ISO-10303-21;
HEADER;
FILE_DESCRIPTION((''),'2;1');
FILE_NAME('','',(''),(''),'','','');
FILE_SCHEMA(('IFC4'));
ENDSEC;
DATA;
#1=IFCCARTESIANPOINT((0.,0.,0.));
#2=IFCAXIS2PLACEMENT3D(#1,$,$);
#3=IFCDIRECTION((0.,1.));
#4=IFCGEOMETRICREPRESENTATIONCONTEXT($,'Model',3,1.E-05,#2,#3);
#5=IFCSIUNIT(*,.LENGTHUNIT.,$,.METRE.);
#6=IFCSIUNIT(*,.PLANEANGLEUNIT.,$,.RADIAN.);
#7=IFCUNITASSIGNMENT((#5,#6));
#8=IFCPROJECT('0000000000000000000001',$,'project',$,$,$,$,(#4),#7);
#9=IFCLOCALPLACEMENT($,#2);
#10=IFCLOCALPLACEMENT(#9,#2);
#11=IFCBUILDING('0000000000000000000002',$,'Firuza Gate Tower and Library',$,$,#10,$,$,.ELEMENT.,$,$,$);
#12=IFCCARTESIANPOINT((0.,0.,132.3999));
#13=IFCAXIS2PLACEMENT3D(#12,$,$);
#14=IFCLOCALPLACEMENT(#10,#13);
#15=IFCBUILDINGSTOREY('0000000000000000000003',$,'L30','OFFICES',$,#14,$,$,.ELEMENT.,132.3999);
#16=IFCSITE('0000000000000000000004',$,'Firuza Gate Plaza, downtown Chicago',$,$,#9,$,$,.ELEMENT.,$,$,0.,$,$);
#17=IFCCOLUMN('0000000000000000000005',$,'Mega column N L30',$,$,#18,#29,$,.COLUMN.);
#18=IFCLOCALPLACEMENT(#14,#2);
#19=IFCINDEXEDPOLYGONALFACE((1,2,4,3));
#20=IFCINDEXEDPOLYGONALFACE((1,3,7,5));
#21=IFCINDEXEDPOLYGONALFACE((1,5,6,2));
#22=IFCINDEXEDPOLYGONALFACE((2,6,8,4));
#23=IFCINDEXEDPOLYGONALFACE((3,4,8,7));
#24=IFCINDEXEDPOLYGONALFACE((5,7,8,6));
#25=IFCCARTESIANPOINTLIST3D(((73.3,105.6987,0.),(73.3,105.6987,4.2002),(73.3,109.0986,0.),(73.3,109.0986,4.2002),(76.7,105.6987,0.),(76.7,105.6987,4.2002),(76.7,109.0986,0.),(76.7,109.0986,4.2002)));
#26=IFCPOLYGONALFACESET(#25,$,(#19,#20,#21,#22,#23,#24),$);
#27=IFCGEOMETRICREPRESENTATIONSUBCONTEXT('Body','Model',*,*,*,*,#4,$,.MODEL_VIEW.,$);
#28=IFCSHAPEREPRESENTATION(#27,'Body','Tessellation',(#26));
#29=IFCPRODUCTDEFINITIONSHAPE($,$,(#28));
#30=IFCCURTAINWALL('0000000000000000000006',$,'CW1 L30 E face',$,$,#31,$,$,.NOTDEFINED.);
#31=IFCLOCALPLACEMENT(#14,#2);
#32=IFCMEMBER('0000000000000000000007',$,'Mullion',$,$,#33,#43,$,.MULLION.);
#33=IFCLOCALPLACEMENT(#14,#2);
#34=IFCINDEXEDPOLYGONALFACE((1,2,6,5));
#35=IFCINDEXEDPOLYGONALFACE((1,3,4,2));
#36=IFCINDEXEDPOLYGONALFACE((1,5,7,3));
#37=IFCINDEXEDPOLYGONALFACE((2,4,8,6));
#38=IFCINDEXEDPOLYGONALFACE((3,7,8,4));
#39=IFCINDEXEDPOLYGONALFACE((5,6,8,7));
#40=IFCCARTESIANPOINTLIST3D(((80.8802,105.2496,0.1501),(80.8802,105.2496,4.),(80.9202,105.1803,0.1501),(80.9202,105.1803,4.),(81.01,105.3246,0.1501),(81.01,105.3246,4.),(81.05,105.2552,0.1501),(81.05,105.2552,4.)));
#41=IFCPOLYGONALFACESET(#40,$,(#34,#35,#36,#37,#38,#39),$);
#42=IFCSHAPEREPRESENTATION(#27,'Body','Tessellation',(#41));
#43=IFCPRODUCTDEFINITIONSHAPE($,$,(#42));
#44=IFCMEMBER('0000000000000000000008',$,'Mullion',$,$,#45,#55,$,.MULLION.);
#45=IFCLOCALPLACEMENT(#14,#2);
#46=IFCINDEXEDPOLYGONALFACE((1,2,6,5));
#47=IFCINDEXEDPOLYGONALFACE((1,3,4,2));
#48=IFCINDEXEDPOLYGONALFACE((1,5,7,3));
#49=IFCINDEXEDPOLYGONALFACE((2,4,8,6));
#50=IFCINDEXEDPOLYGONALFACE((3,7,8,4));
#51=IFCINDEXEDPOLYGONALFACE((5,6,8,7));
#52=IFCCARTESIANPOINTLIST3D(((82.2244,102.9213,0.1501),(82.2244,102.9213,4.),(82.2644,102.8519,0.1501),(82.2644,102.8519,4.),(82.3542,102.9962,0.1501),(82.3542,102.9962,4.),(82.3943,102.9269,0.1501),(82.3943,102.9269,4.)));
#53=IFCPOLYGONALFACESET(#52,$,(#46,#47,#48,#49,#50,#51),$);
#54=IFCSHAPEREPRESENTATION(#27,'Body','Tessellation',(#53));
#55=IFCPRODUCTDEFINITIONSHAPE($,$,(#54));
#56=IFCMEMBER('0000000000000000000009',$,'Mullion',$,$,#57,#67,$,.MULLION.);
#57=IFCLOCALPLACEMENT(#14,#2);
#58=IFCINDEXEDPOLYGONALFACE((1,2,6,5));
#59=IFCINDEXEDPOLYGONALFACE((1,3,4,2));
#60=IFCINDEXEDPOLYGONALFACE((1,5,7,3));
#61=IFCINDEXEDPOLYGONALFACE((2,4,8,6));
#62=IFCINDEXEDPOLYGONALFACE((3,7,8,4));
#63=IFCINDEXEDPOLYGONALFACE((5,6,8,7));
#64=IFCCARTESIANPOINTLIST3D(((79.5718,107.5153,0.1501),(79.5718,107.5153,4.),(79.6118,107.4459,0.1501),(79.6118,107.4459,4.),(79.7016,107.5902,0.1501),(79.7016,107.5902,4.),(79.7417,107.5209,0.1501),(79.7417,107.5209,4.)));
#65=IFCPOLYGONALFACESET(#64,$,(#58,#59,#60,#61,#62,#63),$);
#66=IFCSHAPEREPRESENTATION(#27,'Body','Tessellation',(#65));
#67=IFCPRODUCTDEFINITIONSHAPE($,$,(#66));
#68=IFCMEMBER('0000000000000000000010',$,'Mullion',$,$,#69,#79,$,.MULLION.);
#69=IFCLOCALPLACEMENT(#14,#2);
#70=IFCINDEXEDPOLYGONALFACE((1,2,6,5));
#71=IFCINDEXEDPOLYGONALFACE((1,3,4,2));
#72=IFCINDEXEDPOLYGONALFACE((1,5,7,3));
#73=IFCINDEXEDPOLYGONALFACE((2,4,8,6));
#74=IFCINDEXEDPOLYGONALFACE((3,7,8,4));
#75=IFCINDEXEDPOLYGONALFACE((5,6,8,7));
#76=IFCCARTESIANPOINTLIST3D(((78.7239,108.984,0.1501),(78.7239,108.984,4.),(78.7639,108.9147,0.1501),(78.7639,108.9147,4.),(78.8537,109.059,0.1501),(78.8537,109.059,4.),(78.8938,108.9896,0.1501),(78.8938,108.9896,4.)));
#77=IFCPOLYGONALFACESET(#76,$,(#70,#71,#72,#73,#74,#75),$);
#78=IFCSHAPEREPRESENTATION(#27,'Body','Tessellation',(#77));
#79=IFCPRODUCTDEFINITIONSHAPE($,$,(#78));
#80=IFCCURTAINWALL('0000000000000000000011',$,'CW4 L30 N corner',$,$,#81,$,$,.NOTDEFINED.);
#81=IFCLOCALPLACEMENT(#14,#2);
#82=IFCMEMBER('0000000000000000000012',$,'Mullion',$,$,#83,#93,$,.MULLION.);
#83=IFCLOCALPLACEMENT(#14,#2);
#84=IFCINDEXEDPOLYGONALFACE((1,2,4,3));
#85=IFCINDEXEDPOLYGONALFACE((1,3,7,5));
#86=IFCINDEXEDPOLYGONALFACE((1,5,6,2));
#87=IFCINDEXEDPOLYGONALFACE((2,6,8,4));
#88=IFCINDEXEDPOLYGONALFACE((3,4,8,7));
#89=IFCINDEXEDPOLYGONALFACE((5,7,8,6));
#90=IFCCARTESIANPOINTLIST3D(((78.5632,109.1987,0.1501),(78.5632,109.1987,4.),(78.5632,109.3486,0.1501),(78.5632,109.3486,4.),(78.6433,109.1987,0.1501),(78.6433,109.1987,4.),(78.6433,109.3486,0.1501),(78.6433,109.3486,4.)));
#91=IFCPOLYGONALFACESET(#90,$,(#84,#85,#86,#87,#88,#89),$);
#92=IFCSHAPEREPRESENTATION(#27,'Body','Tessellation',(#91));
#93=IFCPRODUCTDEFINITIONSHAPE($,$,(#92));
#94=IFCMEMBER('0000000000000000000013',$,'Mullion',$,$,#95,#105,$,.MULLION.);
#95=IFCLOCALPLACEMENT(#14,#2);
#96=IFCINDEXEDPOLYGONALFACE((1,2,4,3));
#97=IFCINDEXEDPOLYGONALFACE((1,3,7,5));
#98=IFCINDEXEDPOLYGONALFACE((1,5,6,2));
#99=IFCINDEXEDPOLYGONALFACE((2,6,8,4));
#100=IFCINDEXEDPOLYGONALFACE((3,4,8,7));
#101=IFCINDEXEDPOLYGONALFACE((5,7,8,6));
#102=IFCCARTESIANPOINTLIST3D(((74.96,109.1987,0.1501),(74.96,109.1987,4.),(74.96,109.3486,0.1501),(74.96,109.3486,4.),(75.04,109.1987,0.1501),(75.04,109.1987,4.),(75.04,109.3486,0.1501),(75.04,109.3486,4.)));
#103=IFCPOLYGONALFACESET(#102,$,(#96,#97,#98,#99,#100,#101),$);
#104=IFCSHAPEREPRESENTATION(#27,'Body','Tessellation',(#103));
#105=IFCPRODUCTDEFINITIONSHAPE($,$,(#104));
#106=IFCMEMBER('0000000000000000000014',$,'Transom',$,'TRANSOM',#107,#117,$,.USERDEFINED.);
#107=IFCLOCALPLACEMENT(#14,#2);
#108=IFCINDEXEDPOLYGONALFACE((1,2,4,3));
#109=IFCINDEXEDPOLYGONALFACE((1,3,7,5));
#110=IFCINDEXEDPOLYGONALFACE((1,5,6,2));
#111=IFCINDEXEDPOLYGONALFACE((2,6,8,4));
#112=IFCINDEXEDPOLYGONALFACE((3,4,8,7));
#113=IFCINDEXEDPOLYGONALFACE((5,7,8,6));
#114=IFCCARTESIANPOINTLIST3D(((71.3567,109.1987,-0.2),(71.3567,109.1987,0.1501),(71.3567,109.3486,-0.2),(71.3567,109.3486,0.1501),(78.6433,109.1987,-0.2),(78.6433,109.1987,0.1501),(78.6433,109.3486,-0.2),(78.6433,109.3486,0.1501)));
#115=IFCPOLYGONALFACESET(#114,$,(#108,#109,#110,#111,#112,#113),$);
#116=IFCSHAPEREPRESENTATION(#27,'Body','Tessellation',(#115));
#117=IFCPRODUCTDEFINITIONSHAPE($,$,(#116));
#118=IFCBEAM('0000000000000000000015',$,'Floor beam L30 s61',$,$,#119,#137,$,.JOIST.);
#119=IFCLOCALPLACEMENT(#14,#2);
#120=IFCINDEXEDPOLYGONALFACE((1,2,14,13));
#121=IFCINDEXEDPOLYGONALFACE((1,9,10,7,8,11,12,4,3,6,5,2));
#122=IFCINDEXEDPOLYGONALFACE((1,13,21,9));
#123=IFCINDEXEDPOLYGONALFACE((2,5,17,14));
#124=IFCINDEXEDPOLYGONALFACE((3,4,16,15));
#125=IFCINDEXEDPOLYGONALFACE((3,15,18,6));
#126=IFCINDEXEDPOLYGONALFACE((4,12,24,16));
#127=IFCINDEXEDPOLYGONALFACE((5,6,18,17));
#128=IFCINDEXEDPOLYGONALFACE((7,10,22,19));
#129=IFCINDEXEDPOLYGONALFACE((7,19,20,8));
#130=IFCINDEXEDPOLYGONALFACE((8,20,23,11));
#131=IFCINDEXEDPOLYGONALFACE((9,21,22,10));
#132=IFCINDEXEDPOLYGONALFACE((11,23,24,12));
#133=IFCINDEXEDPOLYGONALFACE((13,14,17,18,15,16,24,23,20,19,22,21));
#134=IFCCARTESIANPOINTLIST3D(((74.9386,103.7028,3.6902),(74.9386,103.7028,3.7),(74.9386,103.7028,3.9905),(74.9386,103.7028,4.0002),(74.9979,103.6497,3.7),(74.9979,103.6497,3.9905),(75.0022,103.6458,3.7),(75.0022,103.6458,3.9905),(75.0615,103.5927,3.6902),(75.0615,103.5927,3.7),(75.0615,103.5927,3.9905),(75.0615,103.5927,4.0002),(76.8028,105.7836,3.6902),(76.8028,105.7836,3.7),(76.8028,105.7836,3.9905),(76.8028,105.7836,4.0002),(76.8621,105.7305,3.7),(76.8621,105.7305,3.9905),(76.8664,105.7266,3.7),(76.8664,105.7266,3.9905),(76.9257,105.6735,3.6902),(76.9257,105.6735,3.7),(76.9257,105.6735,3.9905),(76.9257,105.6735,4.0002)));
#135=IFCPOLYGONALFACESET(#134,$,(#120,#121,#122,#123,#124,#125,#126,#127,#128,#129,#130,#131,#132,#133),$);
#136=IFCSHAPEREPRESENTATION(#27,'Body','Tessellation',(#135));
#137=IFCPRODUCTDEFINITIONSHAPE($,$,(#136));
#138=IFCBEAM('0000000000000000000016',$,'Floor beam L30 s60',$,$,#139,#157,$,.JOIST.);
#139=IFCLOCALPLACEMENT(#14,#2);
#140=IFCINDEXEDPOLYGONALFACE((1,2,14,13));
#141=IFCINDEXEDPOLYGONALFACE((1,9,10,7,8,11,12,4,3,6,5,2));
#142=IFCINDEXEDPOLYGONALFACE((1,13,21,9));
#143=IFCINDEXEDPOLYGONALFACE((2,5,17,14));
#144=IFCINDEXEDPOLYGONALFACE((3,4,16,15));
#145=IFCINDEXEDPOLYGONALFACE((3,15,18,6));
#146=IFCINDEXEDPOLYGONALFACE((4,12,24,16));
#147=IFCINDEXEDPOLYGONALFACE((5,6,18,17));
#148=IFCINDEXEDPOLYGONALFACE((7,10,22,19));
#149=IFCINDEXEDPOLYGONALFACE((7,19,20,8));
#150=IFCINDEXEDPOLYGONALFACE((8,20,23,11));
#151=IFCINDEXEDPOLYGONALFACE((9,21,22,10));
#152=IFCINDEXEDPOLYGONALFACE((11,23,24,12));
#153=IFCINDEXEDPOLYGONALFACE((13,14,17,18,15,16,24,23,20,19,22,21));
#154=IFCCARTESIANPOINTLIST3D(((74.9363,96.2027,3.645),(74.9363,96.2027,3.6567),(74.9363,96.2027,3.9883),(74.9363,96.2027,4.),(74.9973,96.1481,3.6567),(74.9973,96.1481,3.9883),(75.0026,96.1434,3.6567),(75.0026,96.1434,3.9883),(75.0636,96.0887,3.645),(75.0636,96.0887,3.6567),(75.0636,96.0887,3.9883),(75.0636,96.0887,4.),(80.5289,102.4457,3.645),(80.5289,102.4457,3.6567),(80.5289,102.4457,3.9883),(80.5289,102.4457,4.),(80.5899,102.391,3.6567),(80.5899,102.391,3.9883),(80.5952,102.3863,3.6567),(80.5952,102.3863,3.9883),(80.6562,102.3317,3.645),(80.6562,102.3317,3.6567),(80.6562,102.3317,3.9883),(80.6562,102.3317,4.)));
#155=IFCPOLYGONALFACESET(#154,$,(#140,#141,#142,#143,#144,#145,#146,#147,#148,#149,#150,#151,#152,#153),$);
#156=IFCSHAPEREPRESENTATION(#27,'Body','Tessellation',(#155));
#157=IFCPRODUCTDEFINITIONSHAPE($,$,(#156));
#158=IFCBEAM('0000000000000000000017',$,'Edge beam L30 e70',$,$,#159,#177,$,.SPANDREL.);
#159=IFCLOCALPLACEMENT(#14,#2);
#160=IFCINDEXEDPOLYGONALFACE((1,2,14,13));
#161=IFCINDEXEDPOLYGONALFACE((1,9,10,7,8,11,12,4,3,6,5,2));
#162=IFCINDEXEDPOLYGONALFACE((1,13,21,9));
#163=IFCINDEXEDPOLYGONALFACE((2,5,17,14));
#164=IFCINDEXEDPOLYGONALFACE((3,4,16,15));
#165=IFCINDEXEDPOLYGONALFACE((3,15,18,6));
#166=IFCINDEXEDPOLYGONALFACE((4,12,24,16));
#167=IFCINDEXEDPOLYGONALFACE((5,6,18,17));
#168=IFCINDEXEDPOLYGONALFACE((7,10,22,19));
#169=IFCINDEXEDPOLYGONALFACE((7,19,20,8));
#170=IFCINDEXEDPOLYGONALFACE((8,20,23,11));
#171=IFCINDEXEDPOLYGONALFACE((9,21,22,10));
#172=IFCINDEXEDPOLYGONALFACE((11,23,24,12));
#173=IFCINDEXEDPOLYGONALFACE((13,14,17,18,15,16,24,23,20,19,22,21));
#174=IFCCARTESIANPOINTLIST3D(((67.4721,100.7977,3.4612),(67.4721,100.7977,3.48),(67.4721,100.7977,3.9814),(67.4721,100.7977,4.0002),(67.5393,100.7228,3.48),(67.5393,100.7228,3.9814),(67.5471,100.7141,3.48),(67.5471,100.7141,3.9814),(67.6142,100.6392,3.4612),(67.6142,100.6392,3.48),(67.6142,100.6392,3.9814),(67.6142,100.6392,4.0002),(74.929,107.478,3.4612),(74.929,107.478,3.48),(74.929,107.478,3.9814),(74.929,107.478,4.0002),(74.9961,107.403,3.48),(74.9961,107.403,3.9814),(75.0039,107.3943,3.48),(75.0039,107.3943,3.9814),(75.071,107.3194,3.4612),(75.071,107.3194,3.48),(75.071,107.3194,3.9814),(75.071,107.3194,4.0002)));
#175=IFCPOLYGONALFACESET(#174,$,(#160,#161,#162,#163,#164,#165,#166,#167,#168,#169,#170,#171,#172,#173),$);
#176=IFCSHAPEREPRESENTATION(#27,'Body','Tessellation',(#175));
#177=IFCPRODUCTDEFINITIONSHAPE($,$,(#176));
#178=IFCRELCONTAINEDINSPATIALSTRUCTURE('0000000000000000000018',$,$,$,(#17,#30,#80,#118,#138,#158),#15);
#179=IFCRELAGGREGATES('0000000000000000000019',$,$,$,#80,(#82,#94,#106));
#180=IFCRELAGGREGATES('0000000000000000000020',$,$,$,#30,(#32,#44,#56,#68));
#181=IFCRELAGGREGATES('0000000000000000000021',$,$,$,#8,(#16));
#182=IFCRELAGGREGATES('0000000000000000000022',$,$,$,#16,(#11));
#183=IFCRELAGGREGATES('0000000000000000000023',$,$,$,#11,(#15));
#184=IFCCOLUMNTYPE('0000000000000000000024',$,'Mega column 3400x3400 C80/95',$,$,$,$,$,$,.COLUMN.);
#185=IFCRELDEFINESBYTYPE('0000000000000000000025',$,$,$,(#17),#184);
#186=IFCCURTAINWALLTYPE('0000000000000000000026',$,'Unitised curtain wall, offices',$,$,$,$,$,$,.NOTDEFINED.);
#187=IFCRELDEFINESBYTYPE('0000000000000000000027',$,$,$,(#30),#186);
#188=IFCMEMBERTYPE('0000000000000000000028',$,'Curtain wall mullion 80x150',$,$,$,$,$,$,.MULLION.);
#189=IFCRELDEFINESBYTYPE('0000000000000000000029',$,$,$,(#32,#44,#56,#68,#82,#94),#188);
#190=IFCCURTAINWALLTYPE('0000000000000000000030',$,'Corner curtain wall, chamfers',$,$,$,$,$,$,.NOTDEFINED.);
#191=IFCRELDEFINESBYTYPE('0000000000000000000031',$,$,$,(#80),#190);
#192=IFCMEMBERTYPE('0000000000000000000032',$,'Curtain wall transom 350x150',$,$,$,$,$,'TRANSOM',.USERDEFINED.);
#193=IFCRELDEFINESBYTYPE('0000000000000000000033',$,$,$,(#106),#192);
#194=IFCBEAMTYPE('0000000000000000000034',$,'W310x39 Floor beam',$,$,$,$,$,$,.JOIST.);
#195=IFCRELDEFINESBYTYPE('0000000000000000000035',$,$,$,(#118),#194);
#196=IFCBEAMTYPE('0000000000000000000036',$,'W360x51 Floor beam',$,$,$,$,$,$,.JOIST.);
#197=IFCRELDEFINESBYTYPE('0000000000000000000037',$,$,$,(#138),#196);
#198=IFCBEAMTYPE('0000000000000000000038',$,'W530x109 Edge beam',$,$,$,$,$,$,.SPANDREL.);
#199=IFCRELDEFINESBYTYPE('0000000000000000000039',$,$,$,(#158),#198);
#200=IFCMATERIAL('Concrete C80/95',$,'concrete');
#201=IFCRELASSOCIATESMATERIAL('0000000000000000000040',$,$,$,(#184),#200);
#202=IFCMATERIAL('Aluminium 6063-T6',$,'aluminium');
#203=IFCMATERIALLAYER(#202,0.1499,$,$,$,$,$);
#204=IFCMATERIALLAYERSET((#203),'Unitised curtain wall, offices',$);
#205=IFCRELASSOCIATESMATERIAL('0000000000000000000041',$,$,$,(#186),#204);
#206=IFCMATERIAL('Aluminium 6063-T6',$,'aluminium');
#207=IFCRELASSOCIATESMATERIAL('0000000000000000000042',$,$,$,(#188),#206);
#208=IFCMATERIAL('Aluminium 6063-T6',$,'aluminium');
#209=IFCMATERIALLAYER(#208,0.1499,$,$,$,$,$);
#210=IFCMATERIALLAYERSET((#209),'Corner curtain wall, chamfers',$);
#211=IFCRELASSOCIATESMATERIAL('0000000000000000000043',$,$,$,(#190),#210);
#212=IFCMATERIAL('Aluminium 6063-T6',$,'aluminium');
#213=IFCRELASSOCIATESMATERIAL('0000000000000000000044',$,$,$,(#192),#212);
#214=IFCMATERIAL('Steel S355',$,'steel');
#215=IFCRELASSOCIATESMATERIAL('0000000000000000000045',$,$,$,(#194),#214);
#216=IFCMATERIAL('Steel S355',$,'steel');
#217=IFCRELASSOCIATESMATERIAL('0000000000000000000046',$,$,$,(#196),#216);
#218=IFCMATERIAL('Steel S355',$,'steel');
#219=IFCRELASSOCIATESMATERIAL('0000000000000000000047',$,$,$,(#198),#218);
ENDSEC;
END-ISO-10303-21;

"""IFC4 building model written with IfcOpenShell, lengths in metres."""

from ifc_helpers import new_model, si_unit, direction, frame, origin, origin_2d, place, context, subcontext, project, spatial, rectangle, i_section, extrude, material, layer, layer_set, material_profile, profile_set, type_object, element, aggregate, save


model = new_model("IFC4")

# Units and contexts
model_context = context("Model", 3, precision=1e-05, world=origin(), true_north=direction((0.0, 1.0)))
body_context = subcontext(model_context, "Body", "Model", "MODEL_VIEW")
ifc_project = project(units=[si_unit("LENGTHUNIT", "METRE"), si_unit("PLANEANGLEUNIT", "RADIAN")], contexts=[model_context])

# Site, building, storey
site_placement = place(None, origin())
site = spatial("IfcSite", under=ifc_project, at=site_placement, Name="Firuza Gate Plaza, downtown Chicago", CompositionType="ELEMENT", RefElevation=0.0)
building_placement = place(site_placement, origin())
building = spatial("IfcBuilding", under=site, at=building_placement, Name="Firuza Gate Tower and Library", CompositionType="ELEMENT")
storey_placement = place(building_placement, frame((0.0, 0.0, 132.3999)))
storey = spatial("IfcBuildingStorey", under=building, at=storey_placement, Name="L30", Description="OFFICES", CompositionType="ELEMENT", Elevation=132.3999)

# Column
ifc_material_1 = material(Name="Concrete C80/95", Category="concrete")
ifc_material_profile_1 = material_profile(ifc_material_1, rectangle(XDim=3.3999, YDim=3.3999, at=origin_2d()))
ifc_profile_set_1 = profile_set([ifc_material_profile_1], Name="Concrete C80/95")
column_type = type_object("IfcColumnType", Name="Mega column 3400x3400 C80/95", PredefinedType="COLUMN", material=ifc_profile_set_1)
column_placement = place(storey_placement, frame((75.0, 107.3987, 0.0), z_axis=(0.0, 0.0, 1.0), x_axis=(-1.0, 0.0, 0.0)))
element("IfcColumn", 1, at=column_placement, inside=storey, type_object=column_type, Name="Mega column N L30", PredefinedType="COLUMN", context=body_context, shape_type="SweptSolid", body=[
    extrude(rectangle(XDim=3.3999, YDim=3.3999, at=origin_2d()), origin(), (0.0, 0.0, 1.0), 4.2002),
])

# Curtain walls, members
ifc_material_2 = material(Name="Aluminium 6063-T6", Category="aluminium")
ifc_layer_1 = layer(ifc_material_2, 0.1499)
ifc_layer_set_1 = layer_set([ifc_layer_1], Name="Unitised curtain wall, offices")
curtain_wall_type_1 = type_object("IfcCurtainWallType", Name="Unitised curtain wall, offices", PredefinedType="NOTDEFINED", material=ifc_layer_set_1)
placement = place(storey_placement, origin())
curtain_wall_1 = element("IfcCurtainWall", 2, at=placement, inside=storey, type_object=curtain_wall_type_1, Name="CW1 L30 E face", PredefinedType="NOTDEFINED")
ifc_material_3 = material(Name="Aluminium 6063-T6", Category="aluminium")
ifc_material_profile_2 = material_profile(ifc_material_3, rectangle(XDim=0.1499, YDim=0.0801, at=origin_2d()))
ifc_profile_set_2 = profile_set([ifc_material_profile_2], Name="Aluminium 6063-T6")
member_type_1 = type_object("IfcMemberType", Name="Curtain wall mullion 80x150", PredefinedType="MULLION", material=ifc_profile_set_2)
member_1_placement = place(storey_placement, frame((80.9651, 105.2524, 0.1501), z_axis=(0.0, 0.0, 1.0), x_axis=(-0.866025, -0.5, 0.0)))
member_1 = element("IfcMember", 3, at=member_1_placement, type_object=member_type_1, Name="Mullion", PredefinedType="MULLION", context=body_context, shape_type="SweptSolid", body=[
    extrude(rectangle(XDim=0.1499, YDim=0.0801, at=origin_2d()), origin(), (0.0, 0.0, 1.0), 3.8499),
])
member_2_placement = place(storey_placement, frame((82.3093, 102.9241, 0.1501), z_axis=(0.0, 0.0, 1.0), x_axis=(-0.866025, -0.5, 0.0)))
member_2 = element("IfcMember", 4, at=member_2_placement, type_object=member_type_1, Name="Mullion", PredefinedType="MULLION", context=body_context, shape_type="SweptSolid", body=[
    extrude(rectangle(XDim=0.1499, YDim=0.0801, at=origin_2d()), origin(), (0.0, 0.0, 1.0), 3.8499),
])
member_3_placement = place(storey_placement, frame((79.6567, 107.5181, 0.1501), z_axis=(0.0, 0.0, 1.0), x_axis=(-0.866025, -0.5, 0.0)))
member_3 = element("IfcMember", 5, at=member_3_placement, type_object=member_type_1, Name="Mullion", PredefinedType="MULLION", context=body_context, shape_type="SweptSolid", body=[
    extrude(rectangle(XDim=0.1499, YDim=0.0801, at=origin_2d()), origin(), (0.0, 0.0, 1.0), 3.8499),
])
member_4_placement = place(storey_placement, frame((78.8088, 108.9868, 0.1501), z_axis=(0.0, 0.0, 1.0), x_axis=(-0.866025, -0.5, 0.0)))
member_4 = element("IfcMember", 6, at=member_4_placement, type_object=member_type_1, Name="Mullion", PredefinedType="MULLION", context=body_context, shape_type="SweptSolid", body=[
    extrude(rectangle(XDim=0.1499, YDim=0.0801, at=origin_2d()), origin(), (0.0, 0.0, 1.0), 3.8499),
])
ifc_material_4 = material(Name="Aluminium 6063-T6", Category="aluminium")
ifc_layer_2 = layer(ifc_material_4, 0.1499)
ifc_layer_set_2 = layer_set([ifc_layer_2], Name="Corner curtain wall, chamfers")
curtain_wall_type_2 = type_object("IfcCurtainWallType", Name="Corner curtain wall, chamfers", PredefinedType="NOTDEFINED", material=ifc_layer_set_2)
curtain_wall_2 = element("IfcCurtainWall", 7, at=placement, inside=storey, type_object=curtain_wall_type_2, Name="CW4 L30 N corner", PredefinedType="NOTDEFINED")
member_5_placement = place(storey_placement, frame((78.6033, 109.2737, 0.1501), z_axis=(0.0, 0.0, 1.0), x_axis=(0.0, -1.0, 0.0)))
member_5 = element("IfcMember", 8, at=member_5_placement, type_object=member_type_1, Name="Mullion", PredefinedType="MULLION", context=body_context, shape_type="SweptSolid", body=[
    extrude(rectangle(XDim=0.1499, YDim=0.0801, at=origin_2d()), origin(), (0.0, 0.0, 1.0), 3.8499),
])
member_6_placement = place(storey_placement, frame((75.0, 109.2737, 0.1501), z_axis=(0.0, 0.0, 1.0), x_axis=(0.0, -1.0, 0.0)))
member_6 = element("IfcMember", 9, at=member_6_placement, type_object=member_type_1, Name="Mullion", PredefinedType="MULLION", context=body_context, shape_type="SweptSolid", body=[
    extrude(rectangle(XDim=0.1499, YDim=0.0801, at=origin_2d()), origin(), (0.0, 0.0, 1.0), 3.8499),
])
ifc_material_5 = material(Name="Aluminium 6063-T6", Category="aluminium")
ifc_material_profile_3 = material_profile(ifc_material_5, rectangle(XDim=0.1499, YDim=0.3501, at=origin_2d()))
ifc_profile_set_3 = profile_set([ifc_material_profile_3], Name="Aluminium 6063-T6")
member_type_2 = type_object("IfcMemberType", Name="Curtain wall transom 350x150", ElementType="TRANSOM", PredefinedType="USERDEFINED", material=ifc_profile_set_3)
member_7_placement = place(storey_placement, frame((78.6433, 109.2737, -0.0249), z_axis=(-1.0, 0.0, 0.0), x_axis=(0.0, -1.0, 0.0)))
member_7 = element("IfcMember", 10, at=member_7_placement, type_object=member_type_2, Name="Transom", ObjectType="TRANSOM", PredefinedType="USERDEFINED", context=body_context, shape_type="SweptSolid", body=[
    extrude(rectangle(XDim=0.1499, YDim=0.3501, at=origin_2d()), origin(), (0.0, 0.0, 1.0), 7.2866),
])

# Beams
ifc_material_6 = material(Name="Steel S355", Category="steel")
ifc_material_profile_4 = material_profile(ifc_material_6, i_section(OverallWidth=0.165, OverallDepth=0.3101, WebThickness=0.0059, FlangeThickness=0.0098, at=origin_2d()))
ifc_profile_set_4 = profile_set([ifc_material_profile_4], Name="Steel S355")
beam_type_1 = type_object("IfcBeamType", Name="W310x39 Floor beam", PredefinedType="JOIST", material=ifc_profile_set_4)
beam_1_placement = place(storey_placement, frame((76.8643, 105.7285, 3.8452), z_axis=(-0.667288, -0.7448, 0.0), x_axis=(0.7448, -0.667288, 0.0)))
element("IfcBeam", 11, at=beam_1_placement, inside=storey, type_object=beam_type_1, Name="Floor beam L30 s61", PredefinedType="JOIST", context=body_context, shape_type="SweptSolid", body=[
    extrude(i_section(OverallWidth=0.165, OverallDepth=0.3101, WebThickness=0.0059, FlangeThickness=0.0098, at=origin_2d()), origin(), (0.0, 0.0, 1.0), 2.7937),
])
ifc_material_7 = material(Name="Steel S355", Category="steel")
ifc_material_profile_5 = material_profile(ifc_material_7, i_section(OverallWidth=0.1709, OverallDepth=0.355, WebThickness=0.0071, FlangeThickness=0.0117, at=origin_2d()))
ifc_profile_set_5 = profile_set([ifc_material_profile_5], Name="Steel S355")
beam_type_2 = type_object("IfcBeamType", Name="W360x51 Floor beam", PredefinedType="JOIST", material=ifc_profile_set_5)
beam_2_placement = place(storey_placement, frame((80.5925, 102.3887, 3.8225), z_axis=(-0.667243, -0.74484, 0.0), x_axis=(0.74484, -0.667243, 0.0)))
element("IfcBeam", 12, at=beam_2_placement, inside=storey, type_object=beam_type_2, Name="Floor beam L30 s60", PredefinedType="JOIST", context=body_context, shape_type="SweptSolid", body=[
    extrude(i_section(OverallWidth=0.1709, OverallDepth=0.355, WebThickness=0.0071, FlangeThickness=0.0117, at=origin_2d()), origin(), (0.0, 0.0, 1.0), 8.3816),
])
ifc_material_8 = material(Name="Steel S355", Category="steel")
ifc_material_profile_6 = material_profile(ifc_material_8, i_section(OverallWidth=0.2129, OverallDepth=0.5391, WebThickness=0.0117, FlangeThickness=0.0188, at=origin_2d()))
ifc_profile_set_6 = profile_set([ifc_material_profile_6], Name="Steel S355")
beam_type_3 = type_object("IfcBeamType", Name="W530x109 Edge beam", PredefinedType="SPANDREL", material=ifc_profile_set_6)
beam_3_placement = place(storey_placement, frame((75.0, 107.3987, 3.7307), z_axis=(-0.744829, -0.667256, 0.0), x_axis=(0.667256, -0.744829, 0.0)))
element("IfcBeam", 13, at=beam_3_placement, inside=storey, type_object=beam_type_3, Name="Edge beam L30 e70", PredefinedType="SPANDREL", context=body_context, shape_type="SweptSolid", body=[
    extrude(i_section(OverallWidth=0.2129, OverallDepth=0.5391, WebThickness=0.0117, FlangeThickness=0.0188, at=origin_2d()), origin(), (0.0, 0.0, 1.0), 10.0115),
])

aggregate(curtain_wall_2, [member_5, member_6, member_7])
aggregate(curtain_wall_1, [member_1, member_2, member_3, member_4])

save(model, "model.ifc")
